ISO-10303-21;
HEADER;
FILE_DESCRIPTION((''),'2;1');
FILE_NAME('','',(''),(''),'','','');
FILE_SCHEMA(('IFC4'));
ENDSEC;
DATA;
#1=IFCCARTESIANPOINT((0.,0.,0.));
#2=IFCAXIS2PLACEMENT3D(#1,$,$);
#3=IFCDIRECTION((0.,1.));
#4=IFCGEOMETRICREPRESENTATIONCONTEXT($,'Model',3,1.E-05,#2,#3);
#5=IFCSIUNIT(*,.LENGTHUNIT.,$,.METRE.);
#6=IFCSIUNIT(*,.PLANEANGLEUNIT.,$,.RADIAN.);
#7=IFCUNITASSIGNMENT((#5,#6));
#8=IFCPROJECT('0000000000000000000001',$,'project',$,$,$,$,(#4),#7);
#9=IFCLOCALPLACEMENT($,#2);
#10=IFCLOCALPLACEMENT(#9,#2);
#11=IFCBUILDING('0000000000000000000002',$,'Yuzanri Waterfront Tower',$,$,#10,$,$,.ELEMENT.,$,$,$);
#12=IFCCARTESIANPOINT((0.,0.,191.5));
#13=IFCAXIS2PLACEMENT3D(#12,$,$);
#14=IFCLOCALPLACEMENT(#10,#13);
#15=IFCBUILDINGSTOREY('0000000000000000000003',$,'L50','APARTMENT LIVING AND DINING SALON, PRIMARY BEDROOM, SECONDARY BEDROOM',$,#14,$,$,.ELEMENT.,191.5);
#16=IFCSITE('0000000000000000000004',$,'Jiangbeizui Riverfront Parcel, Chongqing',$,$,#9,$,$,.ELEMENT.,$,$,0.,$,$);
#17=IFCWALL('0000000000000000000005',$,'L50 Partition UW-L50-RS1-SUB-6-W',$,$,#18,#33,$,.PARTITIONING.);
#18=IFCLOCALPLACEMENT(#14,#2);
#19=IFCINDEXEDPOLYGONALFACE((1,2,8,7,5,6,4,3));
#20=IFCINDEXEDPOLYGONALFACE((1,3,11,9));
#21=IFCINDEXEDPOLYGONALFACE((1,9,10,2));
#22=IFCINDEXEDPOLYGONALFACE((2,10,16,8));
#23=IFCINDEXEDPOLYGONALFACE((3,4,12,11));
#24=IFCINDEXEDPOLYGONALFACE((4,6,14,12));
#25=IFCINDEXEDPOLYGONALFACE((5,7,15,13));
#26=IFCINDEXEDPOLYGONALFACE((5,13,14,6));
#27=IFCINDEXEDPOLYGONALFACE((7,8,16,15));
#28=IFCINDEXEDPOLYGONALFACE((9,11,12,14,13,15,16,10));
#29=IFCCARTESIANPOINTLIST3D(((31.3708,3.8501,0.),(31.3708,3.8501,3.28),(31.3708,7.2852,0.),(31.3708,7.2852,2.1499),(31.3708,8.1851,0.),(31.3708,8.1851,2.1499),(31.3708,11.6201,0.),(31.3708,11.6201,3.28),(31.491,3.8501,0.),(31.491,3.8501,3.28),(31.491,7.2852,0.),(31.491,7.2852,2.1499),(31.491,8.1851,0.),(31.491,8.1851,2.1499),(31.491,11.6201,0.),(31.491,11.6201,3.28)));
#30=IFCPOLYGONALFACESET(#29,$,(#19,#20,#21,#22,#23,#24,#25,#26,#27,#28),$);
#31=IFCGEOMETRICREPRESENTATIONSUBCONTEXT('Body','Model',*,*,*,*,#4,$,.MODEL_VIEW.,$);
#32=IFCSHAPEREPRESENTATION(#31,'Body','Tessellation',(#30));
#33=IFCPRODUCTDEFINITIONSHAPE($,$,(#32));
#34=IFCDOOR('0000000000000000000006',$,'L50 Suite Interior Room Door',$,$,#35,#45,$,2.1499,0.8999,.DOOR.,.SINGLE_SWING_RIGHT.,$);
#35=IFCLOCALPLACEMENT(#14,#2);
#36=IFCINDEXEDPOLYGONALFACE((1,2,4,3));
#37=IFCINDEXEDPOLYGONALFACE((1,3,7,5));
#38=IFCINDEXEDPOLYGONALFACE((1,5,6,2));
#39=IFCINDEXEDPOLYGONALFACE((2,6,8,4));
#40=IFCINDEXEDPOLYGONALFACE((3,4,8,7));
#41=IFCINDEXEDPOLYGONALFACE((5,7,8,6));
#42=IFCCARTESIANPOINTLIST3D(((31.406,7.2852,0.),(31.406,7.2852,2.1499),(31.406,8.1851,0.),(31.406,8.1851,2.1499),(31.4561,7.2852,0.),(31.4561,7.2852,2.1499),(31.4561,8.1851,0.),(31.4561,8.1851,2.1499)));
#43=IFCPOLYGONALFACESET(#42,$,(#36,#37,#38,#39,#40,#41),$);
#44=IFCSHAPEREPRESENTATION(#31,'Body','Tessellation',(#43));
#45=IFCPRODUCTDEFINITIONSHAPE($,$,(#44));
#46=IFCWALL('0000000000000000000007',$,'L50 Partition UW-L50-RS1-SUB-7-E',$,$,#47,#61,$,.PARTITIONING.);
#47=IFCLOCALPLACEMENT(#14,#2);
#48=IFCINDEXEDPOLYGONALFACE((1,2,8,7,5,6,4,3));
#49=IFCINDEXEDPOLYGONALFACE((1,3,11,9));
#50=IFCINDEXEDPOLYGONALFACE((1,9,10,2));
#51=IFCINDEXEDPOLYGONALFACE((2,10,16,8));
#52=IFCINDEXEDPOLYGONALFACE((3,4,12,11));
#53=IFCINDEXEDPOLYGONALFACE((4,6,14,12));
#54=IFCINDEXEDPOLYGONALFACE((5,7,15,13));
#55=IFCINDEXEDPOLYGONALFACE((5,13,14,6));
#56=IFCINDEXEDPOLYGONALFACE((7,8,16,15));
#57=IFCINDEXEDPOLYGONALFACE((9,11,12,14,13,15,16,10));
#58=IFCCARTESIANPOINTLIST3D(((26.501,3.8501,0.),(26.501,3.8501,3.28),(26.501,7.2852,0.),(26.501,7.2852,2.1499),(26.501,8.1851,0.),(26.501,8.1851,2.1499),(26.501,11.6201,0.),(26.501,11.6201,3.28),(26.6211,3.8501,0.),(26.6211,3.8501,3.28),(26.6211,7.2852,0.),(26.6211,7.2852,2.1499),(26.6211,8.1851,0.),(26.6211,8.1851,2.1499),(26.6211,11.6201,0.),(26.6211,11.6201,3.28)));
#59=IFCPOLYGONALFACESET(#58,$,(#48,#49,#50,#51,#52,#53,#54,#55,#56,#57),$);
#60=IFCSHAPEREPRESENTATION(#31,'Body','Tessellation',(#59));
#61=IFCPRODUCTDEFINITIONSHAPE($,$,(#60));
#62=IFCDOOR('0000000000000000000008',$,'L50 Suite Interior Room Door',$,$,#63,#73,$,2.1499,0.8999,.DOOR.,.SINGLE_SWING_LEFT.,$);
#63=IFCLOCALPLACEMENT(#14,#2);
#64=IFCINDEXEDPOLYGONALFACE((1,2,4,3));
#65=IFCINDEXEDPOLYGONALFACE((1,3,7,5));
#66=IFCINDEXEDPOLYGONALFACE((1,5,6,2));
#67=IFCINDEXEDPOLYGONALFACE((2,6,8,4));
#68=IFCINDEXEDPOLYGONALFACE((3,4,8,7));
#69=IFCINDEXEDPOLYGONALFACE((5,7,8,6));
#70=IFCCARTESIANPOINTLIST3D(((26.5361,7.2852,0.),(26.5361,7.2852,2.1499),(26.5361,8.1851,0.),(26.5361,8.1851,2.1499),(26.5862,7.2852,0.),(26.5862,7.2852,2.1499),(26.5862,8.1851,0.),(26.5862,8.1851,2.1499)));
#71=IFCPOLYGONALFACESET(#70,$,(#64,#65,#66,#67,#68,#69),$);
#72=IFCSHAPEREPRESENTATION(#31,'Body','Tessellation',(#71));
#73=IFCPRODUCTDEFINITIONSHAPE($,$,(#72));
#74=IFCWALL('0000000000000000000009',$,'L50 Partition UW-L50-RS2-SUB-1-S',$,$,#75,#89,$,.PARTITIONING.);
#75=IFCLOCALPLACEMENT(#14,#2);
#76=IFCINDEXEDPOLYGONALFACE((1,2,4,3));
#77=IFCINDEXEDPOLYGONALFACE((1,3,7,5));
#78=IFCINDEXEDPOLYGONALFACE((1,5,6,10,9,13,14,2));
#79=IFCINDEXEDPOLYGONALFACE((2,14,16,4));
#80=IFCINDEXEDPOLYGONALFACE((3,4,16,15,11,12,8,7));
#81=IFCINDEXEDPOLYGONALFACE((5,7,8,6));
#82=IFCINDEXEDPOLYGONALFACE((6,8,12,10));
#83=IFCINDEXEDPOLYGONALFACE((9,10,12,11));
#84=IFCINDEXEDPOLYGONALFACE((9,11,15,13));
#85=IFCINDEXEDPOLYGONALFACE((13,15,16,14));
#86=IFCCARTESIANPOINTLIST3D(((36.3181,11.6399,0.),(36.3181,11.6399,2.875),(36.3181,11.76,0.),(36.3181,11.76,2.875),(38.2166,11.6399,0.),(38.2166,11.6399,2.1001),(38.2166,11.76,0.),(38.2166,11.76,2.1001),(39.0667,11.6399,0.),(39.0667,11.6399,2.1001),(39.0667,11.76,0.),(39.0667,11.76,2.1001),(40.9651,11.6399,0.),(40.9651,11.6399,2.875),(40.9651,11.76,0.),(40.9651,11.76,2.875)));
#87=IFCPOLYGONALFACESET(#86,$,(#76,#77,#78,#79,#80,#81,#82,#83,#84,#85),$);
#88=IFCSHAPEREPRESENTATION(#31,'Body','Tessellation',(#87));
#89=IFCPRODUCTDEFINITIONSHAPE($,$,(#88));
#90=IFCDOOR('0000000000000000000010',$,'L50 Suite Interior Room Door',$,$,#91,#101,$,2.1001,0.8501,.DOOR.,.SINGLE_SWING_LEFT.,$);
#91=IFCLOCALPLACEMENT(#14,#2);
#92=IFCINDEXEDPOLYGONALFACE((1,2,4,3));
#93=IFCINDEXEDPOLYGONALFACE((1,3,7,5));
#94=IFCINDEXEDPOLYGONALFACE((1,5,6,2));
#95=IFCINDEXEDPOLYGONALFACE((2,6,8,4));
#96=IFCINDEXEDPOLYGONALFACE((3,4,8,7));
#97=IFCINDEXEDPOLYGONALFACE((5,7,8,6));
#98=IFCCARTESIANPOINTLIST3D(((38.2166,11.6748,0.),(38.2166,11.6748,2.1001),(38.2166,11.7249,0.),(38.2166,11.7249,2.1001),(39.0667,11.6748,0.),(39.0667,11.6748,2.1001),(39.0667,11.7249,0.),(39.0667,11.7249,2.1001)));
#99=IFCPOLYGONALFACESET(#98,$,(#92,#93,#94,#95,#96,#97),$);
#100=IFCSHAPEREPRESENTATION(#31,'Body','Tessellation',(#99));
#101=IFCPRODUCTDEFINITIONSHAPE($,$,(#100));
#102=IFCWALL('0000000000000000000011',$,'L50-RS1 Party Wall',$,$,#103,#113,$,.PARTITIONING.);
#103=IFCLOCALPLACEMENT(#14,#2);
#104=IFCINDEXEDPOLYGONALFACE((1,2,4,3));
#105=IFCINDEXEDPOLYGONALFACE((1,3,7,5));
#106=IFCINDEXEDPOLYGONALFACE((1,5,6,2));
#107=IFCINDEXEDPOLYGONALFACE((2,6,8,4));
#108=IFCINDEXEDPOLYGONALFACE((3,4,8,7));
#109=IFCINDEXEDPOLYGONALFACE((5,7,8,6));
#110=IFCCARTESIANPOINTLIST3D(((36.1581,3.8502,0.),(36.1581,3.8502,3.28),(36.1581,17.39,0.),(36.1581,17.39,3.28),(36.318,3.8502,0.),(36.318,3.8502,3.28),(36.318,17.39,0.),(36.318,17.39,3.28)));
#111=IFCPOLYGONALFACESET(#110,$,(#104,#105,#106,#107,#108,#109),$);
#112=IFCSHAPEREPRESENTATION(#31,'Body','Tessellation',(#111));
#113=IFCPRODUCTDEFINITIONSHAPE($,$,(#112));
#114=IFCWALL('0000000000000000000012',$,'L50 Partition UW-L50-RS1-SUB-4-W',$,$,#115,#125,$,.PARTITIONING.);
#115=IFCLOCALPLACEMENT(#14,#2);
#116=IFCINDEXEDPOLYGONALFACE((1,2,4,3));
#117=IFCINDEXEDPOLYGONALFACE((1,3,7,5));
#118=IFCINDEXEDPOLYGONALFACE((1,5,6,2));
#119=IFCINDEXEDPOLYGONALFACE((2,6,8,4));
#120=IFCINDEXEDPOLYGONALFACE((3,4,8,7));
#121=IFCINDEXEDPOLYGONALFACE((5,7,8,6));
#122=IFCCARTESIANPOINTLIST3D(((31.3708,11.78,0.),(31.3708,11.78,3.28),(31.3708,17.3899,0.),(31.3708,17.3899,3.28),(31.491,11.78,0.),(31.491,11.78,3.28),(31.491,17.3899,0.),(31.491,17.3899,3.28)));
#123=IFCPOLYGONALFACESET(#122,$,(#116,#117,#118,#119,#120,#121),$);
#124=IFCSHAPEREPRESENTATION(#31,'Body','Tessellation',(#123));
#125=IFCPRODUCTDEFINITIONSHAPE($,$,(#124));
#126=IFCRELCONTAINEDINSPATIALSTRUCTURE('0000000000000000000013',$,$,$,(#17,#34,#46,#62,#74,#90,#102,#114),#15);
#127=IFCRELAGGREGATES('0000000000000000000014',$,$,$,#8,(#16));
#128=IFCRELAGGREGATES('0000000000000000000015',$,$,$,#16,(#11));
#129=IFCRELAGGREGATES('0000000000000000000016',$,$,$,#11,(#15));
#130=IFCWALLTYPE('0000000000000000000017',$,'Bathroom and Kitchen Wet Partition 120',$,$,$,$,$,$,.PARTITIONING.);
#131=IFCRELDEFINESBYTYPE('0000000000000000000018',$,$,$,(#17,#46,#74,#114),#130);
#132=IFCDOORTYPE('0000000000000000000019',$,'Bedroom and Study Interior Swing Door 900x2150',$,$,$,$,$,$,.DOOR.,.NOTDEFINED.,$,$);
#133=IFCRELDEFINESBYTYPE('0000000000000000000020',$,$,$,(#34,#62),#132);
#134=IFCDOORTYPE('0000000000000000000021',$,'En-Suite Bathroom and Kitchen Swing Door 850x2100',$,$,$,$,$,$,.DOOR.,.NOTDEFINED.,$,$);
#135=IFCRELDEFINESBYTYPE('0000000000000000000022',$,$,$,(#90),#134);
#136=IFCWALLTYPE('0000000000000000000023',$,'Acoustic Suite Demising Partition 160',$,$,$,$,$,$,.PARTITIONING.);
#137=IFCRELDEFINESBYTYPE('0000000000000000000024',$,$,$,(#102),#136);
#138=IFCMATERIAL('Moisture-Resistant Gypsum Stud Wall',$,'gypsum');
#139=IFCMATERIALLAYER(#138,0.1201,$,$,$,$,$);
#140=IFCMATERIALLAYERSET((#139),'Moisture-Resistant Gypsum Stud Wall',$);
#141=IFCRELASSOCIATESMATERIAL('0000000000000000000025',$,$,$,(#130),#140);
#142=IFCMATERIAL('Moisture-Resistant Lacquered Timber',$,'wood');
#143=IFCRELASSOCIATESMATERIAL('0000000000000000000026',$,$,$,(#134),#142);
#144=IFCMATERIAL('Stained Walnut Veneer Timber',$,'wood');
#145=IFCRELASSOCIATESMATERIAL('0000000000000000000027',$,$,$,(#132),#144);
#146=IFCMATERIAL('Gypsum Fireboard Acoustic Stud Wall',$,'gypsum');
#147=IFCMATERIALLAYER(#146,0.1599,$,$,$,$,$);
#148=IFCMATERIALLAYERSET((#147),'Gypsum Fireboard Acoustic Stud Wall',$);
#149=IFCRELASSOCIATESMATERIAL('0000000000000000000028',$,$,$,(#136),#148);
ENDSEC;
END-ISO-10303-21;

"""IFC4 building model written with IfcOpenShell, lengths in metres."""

from ifc_helpers import new_model, si_unit, direction, frame, frame_2d, origin, place, context, subcontext, project, spatial, rectangle, extrude, source, transform, mapped, material, layer, layer_set, type_object, element, fill, save


model = new_model("IFC4")

# Units and contexts
model_context = context("Model", 3, precision=1e-05, world=origin(), true_north=direction((0.0, 1.0)))
body_context = subcontext(model_context, "Body", "Model", "MODEL_VIEW")
ifc_project = project(units=[si_unit("LENGTHUNIT", "METRE"), si_unit("PLANEANGLEUNIT", "RADIAN")], contexts=[model_context])

# Site, building, storey
site_placement = place(None, origin())
site = spatial("IfcSite", under=ifc_project, at=site_placement, Name="Jiangbeizui Riverfront Parcel, Chongqing", CompositionType="ELEMENT", RefElevation=0.0)
building_placement = place(site_placement, origin())
building = spatial("IfcBuilding", under=site, at=building_placement, Name="Yuzanri Waterfront Tower", CompositionType="ELEMENT")
storey_placement = place(building_placement, frame((0.0, 0.0, 191.5)))
storey = spatial("IfcBuildingStorey", under=building, at=storey_placement, Name="L50", Description="APARTMENT LIVING AND DINING SALON, PRIMARY BEDROOM, SECONDARY BEDROOM", CompositionType="ELEMENT", Elevation=191.5)

# Shared definitions
ifc_material_1 = material(Name="Moisture-Resistant Gypsum Stud Wall", Category="gypsum")
ifc_layer_1 = layer(ifc_material_1, 0.1201)
ifc_layer_set_1 = layer_set([ifc_layer_1], Name="Moisture-Resistant Gypsum Stud Wall")
wall_type_1 = type_object("IfcWallType", Name="Bathroom and Kitchen Wet Partition 120", PredefinedType="PARTITIONING", material=ifc_layer_set_1)
ifc_material_2 = material(Name="Moisture-Resistant Lacquered Timber", Category="wood")
door_type_1 = type_object("IfcDoorType", Name="En-Suite Bathroom and Kitchen Swing Door 850x2100", OperationType="NOTDEFINED", PredefinedType="DOOR", material=ifc_material_2)
shared_shape_1 = source(origin(), body_context, "Body", "SweptSolid", [
    extrude(rectangle(XDim=0.8501, YDim=2.1001, at=frame_2d((0.425, 1.05))), frame((0.0, 0.0249, 0.0), z_axis=(0.0, -1.0, 0.0), x_axis=(1.0, 0.0, 0.0)), (0.0, 0.0, 1.0), 0.05),
])

# Walls, openings, doors
wall_1_placement = place(storey_placement, frame((31.4309, 3.8501, 0.0), z_axis=(0.0, 0.0, 1.0), x_axis=(0.0, 1.0, 0.0)))
wall_1 = element("IfcWall", 1, at=wall_1_placement, inside=storey, type_object=wall_type_1, Name="L50 Partition UW-L50-RS1-SUB-6-W", PredefinedType="PARTITIONING", context=body_context, shape_type="SweptSolid", body=[
    extrude(rectangle(XDim=7.77, YDim=0.1201, at=frame_2d((3.885, 0.0))), origin(), (0.0, 0.0, 1.0), 3.28),
])
opening_1_placement = place(wall_1_placement, frame((3.4351, 0.0, 0.0)))
opening_1 = element("IfcOpeningElement", 2, at=opening_1_placement, cuts=wall_1, PredefinedType="OPENING", context=body_context, shape_type="SweptSolid", body=[
    extrude(rectangle(XDim=0.8999, YDim=2.1499, at=frame_2d((0.45, 1.075))), frame((0.0, 0.075, 0.0), z_axis=(0.0, -1.0, 0.0), x_axis=(1.0, 0.0, 0.0)), (0.0, 0.0, 1.0), 0.1499),
])
ifc_material_3 = material(Name="Stained Walnut Veneer Timber", Category="wood")
door_type_2 = type_object("IfcDoorType", Name="Bedroom and Study Interior Swing Door 900x2150", OperationType="NOTDEFINED", PredefinedType="DOOR", material=ifc_material_3)
shared_shape_2 = source(origin(), body_context, "Body", "SweptSolid", [
    extrude(rectangle(XDim=0.8999, YDim=2.1499, at=frame_2d((0.45, 1.075))), frame((0.0, 0.0249, 0.0), z_axis=(0.0, -1.0, 0.0), x_axis=(1.0, 0.0, 0.0)), (0.0, 0.0, 1.0), 0.05),
])
door_1_placement = place(opening_1_placement, origin())
door_1 = element("IfcDoor", 3, at=door_1_placement, inside=storey, type_object=door_type_2, Name="L50 Suite Interior Room Door", OperationType="SINGLE_SWING_RIGHT", OverallHeight=2.1499, OverallWidth=0.8999, PredefinedType="DOOR", context=body_context, shape_type="MappedRepresentation", body=[
    mapped(shared_shape_2, transform((0.0, 0.0, 0.0), scale=1.0)),
])
fill(opening_1, door_1)
wall_2_placement = place(storey_placement, frame((26.561, 3.8501, 0.0), z_axis=(0.0, 0.0, 1.0), x_axis=(0.0, 1.0, 0.0)))
wall_2 = element("IfcWall", 4, at=wall_2_placement, inside=storey, type_object=wall_type_1, Name="L50 Partition UW-L50-RS1-SUB-7-E", PredefinedType="PARTITIONING", context=body_context, shape_type="SweptSolid", body=[
    extrude(rectangle(XDim=7.77, YDim=0.1201, at=frame_2d((3.885, 0.0))), origin(), (0.0, 0.0, 1.0), 3.28),
])
opening_2_placement = place(wall_2_placement, frame((3.4351, 0.0, 0.0)))
opening_2 = element("IfcOpeningElement", 5, at=opening_2_placement, cuts=wall_2, PredefinedType="OPENING", context=body_context, shape_type="SweptSolid", body=[
    extrude(rectangle(XDim=0.8999, YDim=2.1499, at=frame_2d((0.45, 1.075))), frame((0.0, 0.075, 0.0), z_axis=(0.0, -1.0, 0.0), x_axis=(1.0, 0.0, 0.0)), (0.0, 0.0, 1.0), 0.1499),
])
door_2_placement = place(opening_2_placement, origin())
door_2 = element("IfcDoor", 6, at=door_2_placement, inside=storey, type_object=door_type_2, Name="L50 Suite Interior Room Door", OperationType="SINGLE_SWING_LEFT", OverallHeight=2.1499, OverallWidth=0.8999, PredefinedType="DOOR", context=body_context, shape_type="MappedRepresentation", body=[
    mapped(shared_shape_2, transform((0.0, 0.0, 0.0), scale=1.0)),
])
fill(opening_2, door_2)
wall_3_placement = place(storey_placement, frame((36.3181, 11.7, 0.0), z_axis=(0.0, 0.0, 1.0), x_axis=(1.0, 0.0, 0.0)))
wall_3 = element("IfcWall", 7, at=wall_3_placement, inside=storey, type_object=wall_type_1, Name="L50 Partition UW-L50-RS2-SUB-1-S", PredefinedType="PARTITIONING", context=body_context, shape_type="SweptSolid", body=[
    extrude(rectangle(XDim=4.647, YDim=0.1201, at=frame_2d((2.3235, 0.0))), origin(), (0.0, 0.0, 1.0), 2.875),
])
opening_3_placement = place(wall_3_placement, frame((1.8984, 0.0, 0.0)))
opening_3 = element("IfcOpeningElement", 8, at=opening_3_placement, cuts=wall_3, PredefinedType="OPENING", context=body_context, shape_type="SweptSolid", body=[
    extrude(rectangle(XDim=0.8501, YDim=2.1001, at=frame_2d((0.425, 1.05))), frame((0.0, 0.075, 0.0), z_axis=(0.0, -1.0, 0.0), x_axis=(1.0, 0.0, 0.0)), (0.0, 0.0, 1.0), 0.1499),
])
door_3_placement = place(opening_3_placement, origin())
door_3 = element("IfcDoor", 9, at=door_3_placement, inside=storey, type_object=door_type_1, Name="L50 Suite Interior Room Door", OperationType="SINGLE_SWING_LEFT", OverallHeight=2.1001, OverallWidth=0.8501, PredefinedType="DOOR", context=body_context, shape_type="MappedRepresentation", body=[
    mapped(shared_shape_1, transform((0.0, 0.0, 0.0), scale=1.0)),
])
fill(opening_3, door_3)

# Walls
ifc_material_4 = material(Name="Gypsum Fireboard Acoustic Stud Wall", Category="gypsum")
ifc_layer_2 = layer(ifc_material_4, 0.1599)
ifc_layer_set_2 = layer_set([ifc_layer_2], Name="Gypsum Fireboard Acoustic Stud Wall")
wall_type_2 = type_object("IfcWallType", Name="Acoustic Suite Demising Partition 160", PredefinedType="PARTITIONING", material=ifc_layer_set_2)
shared_shape_3 = source(origin(), body_context, "Body", "SweptSolid", [
    extrude(rectangle(XDim=13.5398, YDim=0.1599, at=frame_2d((6.77, 0.0))), origin(), (0.0, 0.0, 1.0), 3.28),
])
wall_4_placement = place(storey_placement, frame((36.238, 3.8501, 0.0), z_axis=(0.0, 0.0, 1.0), x_axis=(0.0, 1.0, 0.0)))
element("IfcWall", 10, at=wall_4_placement, inside=storey, type_object=wall_type_2, Name="L50-RS1 Party Wall", PredefinedType="PARTITIONING", context=body_context, shape_type="MappedRepresentation", body=[
    mapped(shared_shape_3, transform((0.0, 0.0, 0.0), scale=1.0)),
])
shared_shape_4 = source(origin(), body_context, "Body", "SweptSolid", [
    extrude(rectangle(XDim=5.6099, YDim=0.1201, at=frame_2d((2.8049, 0.0))), origin(), (0.0, 0.0, 1.0), 3.28),
])
wall_5_placement = place(storey_placement, frame((31.4309, 11.78, 0.0), z_axis=(0.0, 0.0, 1.0), x_axis=(0.0, 1.0, 0.0)))
element("IfcWall", 11, at=wall_5_placement, inside=storey, type_object=wall_type_1, Name="L50 Partition UW-L50-RS1-SUB-4-W", PredefinedType="PARTITIONING", context=body_context, shape_type="MappedRepresentation", body=[
    mapped(shared_shape_4, transform((0.0, 0.0, 0.0), scale=1.0)),
])

save(model, "model.ifc")
